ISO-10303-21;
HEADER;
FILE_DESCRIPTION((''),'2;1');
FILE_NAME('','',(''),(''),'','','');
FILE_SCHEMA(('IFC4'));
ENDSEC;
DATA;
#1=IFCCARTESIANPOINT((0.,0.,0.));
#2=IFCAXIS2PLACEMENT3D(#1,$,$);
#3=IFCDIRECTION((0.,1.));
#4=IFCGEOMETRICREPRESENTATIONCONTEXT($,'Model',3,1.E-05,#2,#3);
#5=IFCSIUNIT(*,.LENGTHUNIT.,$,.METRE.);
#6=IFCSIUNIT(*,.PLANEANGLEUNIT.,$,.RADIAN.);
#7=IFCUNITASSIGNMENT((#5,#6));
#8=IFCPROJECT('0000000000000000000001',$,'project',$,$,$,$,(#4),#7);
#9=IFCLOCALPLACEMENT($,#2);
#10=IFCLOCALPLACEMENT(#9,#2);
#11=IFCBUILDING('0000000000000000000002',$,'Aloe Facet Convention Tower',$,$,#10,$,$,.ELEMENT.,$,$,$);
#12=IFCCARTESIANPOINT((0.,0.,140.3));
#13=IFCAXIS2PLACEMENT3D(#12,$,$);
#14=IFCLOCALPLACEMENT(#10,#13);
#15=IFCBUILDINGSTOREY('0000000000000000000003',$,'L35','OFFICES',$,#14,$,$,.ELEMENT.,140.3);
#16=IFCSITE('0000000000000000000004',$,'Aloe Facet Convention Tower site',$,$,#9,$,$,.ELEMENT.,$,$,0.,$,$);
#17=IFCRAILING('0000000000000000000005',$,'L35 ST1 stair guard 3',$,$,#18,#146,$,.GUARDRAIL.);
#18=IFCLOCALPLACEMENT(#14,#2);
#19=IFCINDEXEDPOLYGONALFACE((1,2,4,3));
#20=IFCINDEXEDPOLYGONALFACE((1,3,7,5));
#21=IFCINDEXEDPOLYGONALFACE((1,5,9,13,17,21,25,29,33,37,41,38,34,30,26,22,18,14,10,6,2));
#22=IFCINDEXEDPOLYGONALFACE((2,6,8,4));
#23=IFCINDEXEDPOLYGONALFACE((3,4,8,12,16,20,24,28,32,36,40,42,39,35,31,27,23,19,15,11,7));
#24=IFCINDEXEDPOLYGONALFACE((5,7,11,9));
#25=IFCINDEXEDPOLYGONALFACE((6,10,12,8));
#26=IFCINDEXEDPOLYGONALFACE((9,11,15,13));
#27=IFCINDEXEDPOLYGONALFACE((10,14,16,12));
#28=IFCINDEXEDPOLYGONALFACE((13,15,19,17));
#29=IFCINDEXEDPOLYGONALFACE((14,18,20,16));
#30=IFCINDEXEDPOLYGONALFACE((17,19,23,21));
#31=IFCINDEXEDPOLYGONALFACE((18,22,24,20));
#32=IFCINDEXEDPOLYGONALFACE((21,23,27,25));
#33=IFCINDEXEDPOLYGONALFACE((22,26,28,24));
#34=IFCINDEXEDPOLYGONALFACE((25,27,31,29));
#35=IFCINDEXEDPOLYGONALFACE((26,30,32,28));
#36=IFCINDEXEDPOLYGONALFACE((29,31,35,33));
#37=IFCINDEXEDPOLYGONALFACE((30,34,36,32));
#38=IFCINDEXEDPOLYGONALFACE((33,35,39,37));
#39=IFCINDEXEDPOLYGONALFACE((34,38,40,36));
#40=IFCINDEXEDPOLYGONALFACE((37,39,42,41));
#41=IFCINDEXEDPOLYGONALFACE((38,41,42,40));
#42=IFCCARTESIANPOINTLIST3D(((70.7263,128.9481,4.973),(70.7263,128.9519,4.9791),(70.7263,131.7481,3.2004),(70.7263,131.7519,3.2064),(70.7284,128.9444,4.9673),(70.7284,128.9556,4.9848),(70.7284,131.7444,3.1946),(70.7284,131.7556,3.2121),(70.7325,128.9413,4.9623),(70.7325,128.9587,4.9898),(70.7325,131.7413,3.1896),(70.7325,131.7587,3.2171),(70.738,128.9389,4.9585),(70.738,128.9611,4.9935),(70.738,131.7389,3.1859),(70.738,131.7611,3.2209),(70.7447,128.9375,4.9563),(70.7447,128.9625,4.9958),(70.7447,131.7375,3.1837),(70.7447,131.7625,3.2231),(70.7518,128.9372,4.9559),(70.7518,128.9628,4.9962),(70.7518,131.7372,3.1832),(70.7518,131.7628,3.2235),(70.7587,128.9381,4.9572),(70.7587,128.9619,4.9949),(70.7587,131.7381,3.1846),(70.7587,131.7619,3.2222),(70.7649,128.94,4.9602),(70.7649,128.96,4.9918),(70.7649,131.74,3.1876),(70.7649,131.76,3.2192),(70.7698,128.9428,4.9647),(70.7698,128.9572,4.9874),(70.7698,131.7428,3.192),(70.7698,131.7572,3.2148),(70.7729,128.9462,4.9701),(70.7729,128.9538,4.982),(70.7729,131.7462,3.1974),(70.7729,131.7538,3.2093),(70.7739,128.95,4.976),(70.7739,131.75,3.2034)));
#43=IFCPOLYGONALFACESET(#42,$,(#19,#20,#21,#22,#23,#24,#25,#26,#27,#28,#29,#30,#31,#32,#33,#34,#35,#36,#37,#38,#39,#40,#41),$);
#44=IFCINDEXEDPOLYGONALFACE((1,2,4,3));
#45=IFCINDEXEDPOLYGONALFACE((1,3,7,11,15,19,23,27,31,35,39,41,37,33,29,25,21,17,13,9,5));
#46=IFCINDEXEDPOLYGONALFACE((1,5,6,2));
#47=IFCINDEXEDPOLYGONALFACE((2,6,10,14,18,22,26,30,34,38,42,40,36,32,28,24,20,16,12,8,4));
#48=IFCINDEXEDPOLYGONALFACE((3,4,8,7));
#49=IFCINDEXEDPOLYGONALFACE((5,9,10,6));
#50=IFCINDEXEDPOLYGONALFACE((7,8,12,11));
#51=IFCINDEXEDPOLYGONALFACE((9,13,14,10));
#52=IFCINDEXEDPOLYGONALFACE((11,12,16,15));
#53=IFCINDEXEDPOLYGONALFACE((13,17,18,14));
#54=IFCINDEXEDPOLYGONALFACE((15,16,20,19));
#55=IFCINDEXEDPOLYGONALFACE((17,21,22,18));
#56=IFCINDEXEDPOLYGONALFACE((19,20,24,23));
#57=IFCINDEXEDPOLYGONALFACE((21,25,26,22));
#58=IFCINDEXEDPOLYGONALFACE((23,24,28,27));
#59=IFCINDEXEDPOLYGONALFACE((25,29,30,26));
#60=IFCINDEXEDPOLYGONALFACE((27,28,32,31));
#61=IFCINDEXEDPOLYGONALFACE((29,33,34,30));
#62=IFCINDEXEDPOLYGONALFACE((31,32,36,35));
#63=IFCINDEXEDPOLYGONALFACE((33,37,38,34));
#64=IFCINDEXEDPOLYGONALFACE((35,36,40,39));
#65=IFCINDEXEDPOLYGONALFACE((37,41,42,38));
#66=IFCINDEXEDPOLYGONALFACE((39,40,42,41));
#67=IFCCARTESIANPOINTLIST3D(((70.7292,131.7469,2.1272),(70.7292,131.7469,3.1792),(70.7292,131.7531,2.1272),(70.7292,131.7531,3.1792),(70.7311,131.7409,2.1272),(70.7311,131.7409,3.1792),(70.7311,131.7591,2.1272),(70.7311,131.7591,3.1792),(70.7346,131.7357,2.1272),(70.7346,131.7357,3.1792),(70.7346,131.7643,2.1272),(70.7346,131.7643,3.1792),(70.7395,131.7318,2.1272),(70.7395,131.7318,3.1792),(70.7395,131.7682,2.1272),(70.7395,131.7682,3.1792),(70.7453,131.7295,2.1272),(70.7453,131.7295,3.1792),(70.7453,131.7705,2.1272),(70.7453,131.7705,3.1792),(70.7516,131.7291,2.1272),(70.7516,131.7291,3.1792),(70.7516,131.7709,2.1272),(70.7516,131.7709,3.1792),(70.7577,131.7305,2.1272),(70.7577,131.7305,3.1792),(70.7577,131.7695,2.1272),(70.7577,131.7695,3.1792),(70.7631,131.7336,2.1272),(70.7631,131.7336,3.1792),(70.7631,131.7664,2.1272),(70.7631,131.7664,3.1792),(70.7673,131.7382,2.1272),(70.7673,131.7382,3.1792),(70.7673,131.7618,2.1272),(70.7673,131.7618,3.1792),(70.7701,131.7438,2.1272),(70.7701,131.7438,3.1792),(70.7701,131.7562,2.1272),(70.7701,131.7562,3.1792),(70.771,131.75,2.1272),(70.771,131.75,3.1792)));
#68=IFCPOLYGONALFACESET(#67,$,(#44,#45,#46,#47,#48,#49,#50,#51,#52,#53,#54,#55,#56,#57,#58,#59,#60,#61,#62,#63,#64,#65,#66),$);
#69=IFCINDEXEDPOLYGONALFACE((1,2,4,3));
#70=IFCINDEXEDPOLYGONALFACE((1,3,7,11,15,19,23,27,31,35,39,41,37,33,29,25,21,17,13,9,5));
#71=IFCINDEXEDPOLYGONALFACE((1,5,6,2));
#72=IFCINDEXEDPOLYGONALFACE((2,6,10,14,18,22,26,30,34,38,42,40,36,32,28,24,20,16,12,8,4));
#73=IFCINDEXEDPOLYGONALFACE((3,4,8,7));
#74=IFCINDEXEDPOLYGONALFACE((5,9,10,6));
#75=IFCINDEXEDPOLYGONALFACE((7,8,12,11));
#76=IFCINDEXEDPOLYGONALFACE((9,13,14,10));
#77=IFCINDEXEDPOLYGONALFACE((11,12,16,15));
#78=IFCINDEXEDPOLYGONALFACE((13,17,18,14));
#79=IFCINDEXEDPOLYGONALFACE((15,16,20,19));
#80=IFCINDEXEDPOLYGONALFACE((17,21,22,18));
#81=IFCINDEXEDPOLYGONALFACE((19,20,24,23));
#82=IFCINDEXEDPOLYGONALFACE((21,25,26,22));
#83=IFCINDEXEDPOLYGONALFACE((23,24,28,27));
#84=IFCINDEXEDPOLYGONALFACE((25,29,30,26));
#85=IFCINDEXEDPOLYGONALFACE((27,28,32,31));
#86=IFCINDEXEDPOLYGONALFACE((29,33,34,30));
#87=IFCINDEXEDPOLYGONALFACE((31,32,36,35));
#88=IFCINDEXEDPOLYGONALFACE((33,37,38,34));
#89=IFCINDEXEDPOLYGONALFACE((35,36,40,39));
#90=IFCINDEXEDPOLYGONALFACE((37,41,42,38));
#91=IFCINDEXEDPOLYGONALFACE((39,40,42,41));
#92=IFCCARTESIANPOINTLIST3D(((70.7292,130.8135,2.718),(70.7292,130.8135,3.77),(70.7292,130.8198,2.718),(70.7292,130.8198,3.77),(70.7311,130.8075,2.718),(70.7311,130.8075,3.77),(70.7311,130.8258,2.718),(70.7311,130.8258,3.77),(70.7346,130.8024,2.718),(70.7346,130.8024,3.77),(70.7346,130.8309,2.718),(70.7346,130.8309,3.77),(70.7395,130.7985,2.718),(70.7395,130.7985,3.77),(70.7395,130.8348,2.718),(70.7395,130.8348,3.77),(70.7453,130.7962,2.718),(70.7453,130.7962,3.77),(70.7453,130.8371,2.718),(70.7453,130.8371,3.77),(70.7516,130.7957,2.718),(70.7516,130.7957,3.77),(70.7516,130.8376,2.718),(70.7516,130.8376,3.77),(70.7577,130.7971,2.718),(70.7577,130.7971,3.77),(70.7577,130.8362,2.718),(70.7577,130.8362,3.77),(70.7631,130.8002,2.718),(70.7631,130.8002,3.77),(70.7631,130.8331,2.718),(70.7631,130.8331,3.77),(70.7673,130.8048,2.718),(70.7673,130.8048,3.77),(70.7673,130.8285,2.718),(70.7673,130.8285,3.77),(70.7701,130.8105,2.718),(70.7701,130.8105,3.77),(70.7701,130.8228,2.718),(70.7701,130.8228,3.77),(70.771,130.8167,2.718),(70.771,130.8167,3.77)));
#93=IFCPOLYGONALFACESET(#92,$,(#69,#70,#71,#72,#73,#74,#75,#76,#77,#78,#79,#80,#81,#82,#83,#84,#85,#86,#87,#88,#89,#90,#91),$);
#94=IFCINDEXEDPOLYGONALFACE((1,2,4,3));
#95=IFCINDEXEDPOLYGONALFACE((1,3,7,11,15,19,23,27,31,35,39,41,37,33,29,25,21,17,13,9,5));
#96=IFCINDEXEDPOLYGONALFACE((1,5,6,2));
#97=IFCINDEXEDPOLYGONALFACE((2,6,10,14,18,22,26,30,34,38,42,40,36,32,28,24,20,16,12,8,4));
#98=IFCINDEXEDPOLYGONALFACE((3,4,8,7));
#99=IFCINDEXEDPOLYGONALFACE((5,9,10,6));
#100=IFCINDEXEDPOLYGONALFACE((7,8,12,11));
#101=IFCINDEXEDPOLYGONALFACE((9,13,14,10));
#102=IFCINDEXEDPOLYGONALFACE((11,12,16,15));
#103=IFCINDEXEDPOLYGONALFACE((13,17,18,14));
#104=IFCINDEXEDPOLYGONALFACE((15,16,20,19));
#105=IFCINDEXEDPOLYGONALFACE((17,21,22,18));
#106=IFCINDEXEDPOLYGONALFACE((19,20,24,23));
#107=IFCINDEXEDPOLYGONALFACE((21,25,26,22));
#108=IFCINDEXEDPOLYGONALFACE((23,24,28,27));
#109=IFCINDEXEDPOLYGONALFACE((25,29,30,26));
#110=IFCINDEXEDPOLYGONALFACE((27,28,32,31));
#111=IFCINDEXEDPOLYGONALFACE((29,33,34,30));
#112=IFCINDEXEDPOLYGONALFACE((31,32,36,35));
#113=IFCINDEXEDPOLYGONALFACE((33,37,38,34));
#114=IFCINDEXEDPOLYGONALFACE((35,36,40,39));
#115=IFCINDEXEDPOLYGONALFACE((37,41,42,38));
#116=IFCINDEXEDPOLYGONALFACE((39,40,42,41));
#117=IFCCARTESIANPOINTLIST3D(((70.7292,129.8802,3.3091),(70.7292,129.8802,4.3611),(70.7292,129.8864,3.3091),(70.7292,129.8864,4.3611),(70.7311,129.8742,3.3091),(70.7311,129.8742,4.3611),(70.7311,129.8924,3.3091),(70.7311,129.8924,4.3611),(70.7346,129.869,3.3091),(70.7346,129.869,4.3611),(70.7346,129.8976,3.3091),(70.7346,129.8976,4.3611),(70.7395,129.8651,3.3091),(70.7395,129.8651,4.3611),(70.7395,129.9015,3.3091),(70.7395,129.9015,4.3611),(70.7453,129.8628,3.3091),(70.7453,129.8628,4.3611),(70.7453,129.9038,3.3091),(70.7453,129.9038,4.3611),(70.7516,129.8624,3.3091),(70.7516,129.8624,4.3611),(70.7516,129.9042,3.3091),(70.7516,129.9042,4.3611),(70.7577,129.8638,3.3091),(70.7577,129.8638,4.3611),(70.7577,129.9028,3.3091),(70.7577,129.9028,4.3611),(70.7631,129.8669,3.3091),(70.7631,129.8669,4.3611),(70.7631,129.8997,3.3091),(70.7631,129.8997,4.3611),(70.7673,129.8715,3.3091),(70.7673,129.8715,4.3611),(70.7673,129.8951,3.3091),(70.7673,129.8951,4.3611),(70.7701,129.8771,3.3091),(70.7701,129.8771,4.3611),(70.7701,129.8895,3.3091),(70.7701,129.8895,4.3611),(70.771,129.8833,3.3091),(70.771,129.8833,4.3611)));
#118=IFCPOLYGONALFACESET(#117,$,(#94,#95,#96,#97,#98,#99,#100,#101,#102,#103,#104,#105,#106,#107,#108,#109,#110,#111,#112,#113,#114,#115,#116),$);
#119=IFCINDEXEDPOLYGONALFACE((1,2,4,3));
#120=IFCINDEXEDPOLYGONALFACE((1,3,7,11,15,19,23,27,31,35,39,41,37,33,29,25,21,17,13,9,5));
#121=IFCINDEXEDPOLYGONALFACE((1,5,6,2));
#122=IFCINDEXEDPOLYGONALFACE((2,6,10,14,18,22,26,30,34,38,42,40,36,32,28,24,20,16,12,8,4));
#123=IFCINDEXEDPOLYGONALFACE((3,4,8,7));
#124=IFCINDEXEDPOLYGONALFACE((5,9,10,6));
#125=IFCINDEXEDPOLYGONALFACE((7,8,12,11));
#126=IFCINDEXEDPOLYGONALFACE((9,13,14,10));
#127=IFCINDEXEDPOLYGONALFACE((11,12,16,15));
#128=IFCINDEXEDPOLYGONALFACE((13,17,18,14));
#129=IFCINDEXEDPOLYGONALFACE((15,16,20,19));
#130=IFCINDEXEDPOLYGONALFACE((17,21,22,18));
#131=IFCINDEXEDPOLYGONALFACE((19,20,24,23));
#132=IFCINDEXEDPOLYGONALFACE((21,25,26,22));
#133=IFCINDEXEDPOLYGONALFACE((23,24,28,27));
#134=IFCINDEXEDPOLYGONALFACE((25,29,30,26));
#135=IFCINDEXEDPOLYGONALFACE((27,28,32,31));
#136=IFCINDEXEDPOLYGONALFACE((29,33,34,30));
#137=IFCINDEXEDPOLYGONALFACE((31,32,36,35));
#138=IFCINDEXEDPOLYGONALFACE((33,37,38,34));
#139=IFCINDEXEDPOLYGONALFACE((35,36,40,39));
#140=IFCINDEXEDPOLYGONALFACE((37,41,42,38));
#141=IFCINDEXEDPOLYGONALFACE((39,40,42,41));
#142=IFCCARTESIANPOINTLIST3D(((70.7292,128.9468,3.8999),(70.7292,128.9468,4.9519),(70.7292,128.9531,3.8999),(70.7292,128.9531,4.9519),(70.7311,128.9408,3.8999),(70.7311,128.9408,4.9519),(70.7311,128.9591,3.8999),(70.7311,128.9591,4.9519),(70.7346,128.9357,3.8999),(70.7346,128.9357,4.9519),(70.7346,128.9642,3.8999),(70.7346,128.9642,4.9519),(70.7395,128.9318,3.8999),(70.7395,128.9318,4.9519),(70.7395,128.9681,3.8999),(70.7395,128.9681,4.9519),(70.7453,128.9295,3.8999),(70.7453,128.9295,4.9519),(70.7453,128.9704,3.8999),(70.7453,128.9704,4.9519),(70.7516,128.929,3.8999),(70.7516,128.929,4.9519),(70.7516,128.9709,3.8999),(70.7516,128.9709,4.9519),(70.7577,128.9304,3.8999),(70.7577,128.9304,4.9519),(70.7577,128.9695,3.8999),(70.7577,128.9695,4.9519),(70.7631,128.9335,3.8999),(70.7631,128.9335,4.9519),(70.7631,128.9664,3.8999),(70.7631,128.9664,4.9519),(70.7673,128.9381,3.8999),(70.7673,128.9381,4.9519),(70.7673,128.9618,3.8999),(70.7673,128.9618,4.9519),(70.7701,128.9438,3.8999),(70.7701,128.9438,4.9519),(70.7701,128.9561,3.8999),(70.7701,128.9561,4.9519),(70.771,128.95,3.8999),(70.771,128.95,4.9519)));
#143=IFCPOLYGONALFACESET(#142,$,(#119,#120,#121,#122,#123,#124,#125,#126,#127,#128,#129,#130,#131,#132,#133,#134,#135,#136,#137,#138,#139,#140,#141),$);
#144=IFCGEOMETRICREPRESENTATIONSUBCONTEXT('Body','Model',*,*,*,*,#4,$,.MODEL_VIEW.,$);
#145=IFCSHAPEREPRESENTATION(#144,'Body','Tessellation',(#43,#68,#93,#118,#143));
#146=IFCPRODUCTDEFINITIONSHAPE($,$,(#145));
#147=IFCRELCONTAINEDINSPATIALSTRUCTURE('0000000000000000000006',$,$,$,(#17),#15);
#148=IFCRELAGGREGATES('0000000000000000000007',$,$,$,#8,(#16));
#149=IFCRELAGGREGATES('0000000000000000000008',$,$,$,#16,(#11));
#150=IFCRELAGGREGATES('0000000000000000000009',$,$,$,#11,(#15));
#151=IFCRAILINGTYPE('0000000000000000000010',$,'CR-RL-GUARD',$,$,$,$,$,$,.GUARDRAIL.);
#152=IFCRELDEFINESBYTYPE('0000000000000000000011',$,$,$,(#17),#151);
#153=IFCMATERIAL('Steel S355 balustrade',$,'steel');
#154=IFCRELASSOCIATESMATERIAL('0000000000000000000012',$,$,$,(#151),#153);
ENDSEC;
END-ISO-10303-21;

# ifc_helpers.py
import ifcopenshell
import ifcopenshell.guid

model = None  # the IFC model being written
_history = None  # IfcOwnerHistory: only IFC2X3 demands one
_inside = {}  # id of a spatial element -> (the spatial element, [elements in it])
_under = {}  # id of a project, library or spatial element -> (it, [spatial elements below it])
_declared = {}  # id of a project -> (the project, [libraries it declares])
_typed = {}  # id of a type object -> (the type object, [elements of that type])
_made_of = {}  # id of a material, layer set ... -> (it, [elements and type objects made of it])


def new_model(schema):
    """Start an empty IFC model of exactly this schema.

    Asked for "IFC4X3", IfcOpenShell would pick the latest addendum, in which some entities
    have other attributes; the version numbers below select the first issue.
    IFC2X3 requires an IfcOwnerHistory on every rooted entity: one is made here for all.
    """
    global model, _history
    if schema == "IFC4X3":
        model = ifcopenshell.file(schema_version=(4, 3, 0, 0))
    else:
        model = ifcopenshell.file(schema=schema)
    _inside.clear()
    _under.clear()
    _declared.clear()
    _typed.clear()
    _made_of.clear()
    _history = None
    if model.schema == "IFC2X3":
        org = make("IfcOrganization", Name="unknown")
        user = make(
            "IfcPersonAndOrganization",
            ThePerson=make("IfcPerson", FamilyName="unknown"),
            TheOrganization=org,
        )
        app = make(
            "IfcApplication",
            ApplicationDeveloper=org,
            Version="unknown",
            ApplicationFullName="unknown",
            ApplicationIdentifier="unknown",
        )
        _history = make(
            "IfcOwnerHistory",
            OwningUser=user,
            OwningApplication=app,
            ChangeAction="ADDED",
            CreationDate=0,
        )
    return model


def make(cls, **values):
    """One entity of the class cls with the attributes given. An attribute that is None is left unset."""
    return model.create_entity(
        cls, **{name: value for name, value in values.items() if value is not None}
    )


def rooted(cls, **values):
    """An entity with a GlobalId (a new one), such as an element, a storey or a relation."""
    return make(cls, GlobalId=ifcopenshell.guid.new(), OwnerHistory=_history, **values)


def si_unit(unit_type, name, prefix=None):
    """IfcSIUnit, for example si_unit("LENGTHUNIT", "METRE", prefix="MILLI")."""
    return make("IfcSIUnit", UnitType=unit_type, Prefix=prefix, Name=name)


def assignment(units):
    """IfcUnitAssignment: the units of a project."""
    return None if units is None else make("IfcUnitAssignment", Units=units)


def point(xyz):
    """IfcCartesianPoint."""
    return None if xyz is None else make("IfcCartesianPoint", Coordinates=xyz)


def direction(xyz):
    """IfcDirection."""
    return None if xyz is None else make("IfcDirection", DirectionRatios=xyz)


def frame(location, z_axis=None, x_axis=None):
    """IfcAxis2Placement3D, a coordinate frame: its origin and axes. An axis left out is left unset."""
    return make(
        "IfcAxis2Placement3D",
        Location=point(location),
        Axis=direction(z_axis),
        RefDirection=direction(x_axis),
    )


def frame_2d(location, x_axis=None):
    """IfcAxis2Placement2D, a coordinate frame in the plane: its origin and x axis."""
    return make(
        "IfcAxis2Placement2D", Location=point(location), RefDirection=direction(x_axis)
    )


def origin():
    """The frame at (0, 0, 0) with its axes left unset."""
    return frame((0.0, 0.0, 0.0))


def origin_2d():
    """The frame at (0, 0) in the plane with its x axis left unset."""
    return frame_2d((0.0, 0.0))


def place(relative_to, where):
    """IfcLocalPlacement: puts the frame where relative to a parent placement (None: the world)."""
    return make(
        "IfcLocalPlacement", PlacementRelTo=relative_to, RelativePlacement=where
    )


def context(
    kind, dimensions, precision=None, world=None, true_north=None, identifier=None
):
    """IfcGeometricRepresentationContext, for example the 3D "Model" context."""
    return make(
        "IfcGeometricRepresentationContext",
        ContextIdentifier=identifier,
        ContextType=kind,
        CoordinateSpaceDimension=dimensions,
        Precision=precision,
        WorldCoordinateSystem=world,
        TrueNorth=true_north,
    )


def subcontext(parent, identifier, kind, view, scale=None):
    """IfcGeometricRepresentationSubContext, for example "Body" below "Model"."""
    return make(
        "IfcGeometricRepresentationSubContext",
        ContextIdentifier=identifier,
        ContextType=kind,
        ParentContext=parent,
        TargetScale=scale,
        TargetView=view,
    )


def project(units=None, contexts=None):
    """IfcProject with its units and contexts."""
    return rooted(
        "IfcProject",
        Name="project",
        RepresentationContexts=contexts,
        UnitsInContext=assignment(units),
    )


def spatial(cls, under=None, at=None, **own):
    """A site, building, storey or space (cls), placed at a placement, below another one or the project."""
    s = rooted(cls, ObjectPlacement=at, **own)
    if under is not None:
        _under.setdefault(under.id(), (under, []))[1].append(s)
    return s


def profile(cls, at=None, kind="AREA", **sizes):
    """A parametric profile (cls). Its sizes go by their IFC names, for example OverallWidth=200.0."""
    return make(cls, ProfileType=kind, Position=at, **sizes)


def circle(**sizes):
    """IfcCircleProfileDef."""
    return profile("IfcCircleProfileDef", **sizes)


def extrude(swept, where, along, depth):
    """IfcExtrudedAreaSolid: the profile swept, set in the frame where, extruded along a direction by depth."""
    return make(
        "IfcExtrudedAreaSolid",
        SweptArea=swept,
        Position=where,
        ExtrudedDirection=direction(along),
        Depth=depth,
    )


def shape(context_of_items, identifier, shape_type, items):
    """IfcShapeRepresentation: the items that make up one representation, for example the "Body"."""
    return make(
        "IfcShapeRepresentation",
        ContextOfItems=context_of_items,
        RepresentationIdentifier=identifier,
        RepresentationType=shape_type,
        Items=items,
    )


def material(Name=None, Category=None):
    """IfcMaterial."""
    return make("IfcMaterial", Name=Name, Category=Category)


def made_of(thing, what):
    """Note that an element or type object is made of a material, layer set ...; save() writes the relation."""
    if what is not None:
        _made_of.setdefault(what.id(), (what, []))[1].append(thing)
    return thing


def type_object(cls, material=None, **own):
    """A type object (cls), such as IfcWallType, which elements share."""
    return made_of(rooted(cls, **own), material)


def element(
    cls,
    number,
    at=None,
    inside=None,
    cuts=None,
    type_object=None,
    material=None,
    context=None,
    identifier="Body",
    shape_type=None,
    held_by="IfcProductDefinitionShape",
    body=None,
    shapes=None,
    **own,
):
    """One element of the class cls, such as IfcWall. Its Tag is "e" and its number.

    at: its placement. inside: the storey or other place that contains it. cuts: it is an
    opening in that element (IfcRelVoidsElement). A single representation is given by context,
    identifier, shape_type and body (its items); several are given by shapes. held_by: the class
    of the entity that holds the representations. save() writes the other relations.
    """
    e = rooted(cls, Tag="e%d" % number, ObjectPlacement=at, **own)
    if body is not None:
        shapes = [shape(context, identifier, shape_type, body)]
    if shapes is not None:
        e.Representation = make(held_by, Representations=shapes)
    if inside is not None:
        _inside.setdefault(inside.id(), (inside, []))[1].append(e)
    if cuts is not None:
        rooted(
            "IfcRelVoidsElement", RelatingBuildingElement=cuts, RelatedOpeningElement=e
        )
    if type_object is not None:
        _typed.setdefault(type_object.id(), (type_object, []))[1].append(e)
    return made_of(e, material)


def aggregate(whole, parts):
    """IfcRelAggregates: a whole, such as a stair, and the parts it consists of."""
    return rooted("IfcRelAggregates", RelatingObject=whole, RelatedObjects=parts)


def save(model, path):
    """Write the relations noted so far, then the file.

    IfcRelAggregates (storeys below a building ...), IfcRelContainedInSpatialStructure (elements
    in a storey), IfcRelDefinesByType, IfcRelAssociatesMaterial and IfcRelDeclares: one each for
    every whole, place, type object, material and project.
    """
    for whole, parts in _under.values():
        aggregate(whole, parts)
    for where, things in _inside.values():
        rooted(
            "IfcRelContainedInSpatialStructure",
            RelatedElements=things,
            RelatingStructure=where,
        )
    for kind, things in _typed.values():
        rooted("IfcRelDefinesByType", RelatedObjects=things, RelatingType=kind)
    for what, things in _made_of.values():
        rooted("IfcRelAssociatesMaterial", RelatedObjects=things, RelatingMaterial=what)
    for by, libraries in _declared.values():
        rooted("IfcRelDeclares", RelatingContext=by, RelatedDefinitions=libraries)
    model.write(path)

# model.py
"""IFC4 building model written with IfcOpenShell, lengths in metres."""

from ifc_helpers import new_model, si_unit, direction, frame, origin, origin_2d, place, context, subcontext, project, spatial, circle, extrude, material, type_object, element, save


model = new_model("IFC4")

# Units and contexts
model_context = context("Model", 3, precision=1e-05, world=origin(), true_north=direction((0.0, 1.0)))
body_context = subcontext(model_context, "Body", "Model", "MODEL_VIEW")
ifc_project = project(units=[si_unit("LENGTHUNIT", "METRE"), si_unit("PLANEANGLEUNIT", "RADIAN")], contexts=[model_context])

# Site, building, storey
site_placement = place(None, origin())
site = spatial("IfcSite", under=ifc_project, at=site_placement, Name="Aloe Facet Convention Tower site", CompositionType="ELEMENT", RefElevation=0.0)
building_placement = place(site_placement, origin())
building = spatial("IfcBuilding", under=site, at=building_placement, Name="Aloe Facet Convention Tower", CompositionType="ELEMENT")
storey_placement = place(building_placement, frame((0.0, 0.0, 140.3)))
storey = spatial("IfcBuildingStorey", under=building, at=storey_placement, Name="L35", Description="OFFICES", CompositionType="ELEMENT", Elevation=140.3)

# Railing
ifc_material_1 = material(Name="Steel S355 balustrade", Category="steel")
railing_type_1 = type_object("IfcRailingType", Name="CR-RL-GUARD", PredefinedType="GUARDRAIL", material=ifc_material_1)
railing_1_placement = place(storey_placement, frame((70.75, 131.75, 2.1272)))
element("IfcRailing", 1, at=railing_1_placement, inside=storey, type_object=railing_type_1, Name="L35 ST1 stair guard 3", PredefinedType="GUARDRAIL", context=body_context, shape_type="SweptSolid", body=[
    extrude(circle(Radius=0.0239, at=origin_2d()), frame((0.0, 0.0, 1.0762), z_axis=(0.0, -0.844909, 0.53491), x_axis=(1.0, 0.0, 0.0)), (0.0, 0.0, 1.0), 3.314),
    extrude(circle(Radius=0.021, at=origin_2d()), origin(), (0.0, 0.0, 1.0), 1.052),
    extrude(circle(Radius=0.021, at=origin_2d()), frame((0.0, -0.9333, 0.5908)), (0.0, 0.0, 1.0), 1.052),
    extrude(circle(Radius=0.021, at=origin_2d()), frame((0.0, -1.8667, 1.1819)), (0.0, 0.0, 1.0), 1.052),
    extrude(circle(Radius=0.021, at=origin_2d()), frame((0.0, -2.8, 1.7727)), (0.0, 0.0, 1.0), 1.052),
])

save(model, "model.ifc")
